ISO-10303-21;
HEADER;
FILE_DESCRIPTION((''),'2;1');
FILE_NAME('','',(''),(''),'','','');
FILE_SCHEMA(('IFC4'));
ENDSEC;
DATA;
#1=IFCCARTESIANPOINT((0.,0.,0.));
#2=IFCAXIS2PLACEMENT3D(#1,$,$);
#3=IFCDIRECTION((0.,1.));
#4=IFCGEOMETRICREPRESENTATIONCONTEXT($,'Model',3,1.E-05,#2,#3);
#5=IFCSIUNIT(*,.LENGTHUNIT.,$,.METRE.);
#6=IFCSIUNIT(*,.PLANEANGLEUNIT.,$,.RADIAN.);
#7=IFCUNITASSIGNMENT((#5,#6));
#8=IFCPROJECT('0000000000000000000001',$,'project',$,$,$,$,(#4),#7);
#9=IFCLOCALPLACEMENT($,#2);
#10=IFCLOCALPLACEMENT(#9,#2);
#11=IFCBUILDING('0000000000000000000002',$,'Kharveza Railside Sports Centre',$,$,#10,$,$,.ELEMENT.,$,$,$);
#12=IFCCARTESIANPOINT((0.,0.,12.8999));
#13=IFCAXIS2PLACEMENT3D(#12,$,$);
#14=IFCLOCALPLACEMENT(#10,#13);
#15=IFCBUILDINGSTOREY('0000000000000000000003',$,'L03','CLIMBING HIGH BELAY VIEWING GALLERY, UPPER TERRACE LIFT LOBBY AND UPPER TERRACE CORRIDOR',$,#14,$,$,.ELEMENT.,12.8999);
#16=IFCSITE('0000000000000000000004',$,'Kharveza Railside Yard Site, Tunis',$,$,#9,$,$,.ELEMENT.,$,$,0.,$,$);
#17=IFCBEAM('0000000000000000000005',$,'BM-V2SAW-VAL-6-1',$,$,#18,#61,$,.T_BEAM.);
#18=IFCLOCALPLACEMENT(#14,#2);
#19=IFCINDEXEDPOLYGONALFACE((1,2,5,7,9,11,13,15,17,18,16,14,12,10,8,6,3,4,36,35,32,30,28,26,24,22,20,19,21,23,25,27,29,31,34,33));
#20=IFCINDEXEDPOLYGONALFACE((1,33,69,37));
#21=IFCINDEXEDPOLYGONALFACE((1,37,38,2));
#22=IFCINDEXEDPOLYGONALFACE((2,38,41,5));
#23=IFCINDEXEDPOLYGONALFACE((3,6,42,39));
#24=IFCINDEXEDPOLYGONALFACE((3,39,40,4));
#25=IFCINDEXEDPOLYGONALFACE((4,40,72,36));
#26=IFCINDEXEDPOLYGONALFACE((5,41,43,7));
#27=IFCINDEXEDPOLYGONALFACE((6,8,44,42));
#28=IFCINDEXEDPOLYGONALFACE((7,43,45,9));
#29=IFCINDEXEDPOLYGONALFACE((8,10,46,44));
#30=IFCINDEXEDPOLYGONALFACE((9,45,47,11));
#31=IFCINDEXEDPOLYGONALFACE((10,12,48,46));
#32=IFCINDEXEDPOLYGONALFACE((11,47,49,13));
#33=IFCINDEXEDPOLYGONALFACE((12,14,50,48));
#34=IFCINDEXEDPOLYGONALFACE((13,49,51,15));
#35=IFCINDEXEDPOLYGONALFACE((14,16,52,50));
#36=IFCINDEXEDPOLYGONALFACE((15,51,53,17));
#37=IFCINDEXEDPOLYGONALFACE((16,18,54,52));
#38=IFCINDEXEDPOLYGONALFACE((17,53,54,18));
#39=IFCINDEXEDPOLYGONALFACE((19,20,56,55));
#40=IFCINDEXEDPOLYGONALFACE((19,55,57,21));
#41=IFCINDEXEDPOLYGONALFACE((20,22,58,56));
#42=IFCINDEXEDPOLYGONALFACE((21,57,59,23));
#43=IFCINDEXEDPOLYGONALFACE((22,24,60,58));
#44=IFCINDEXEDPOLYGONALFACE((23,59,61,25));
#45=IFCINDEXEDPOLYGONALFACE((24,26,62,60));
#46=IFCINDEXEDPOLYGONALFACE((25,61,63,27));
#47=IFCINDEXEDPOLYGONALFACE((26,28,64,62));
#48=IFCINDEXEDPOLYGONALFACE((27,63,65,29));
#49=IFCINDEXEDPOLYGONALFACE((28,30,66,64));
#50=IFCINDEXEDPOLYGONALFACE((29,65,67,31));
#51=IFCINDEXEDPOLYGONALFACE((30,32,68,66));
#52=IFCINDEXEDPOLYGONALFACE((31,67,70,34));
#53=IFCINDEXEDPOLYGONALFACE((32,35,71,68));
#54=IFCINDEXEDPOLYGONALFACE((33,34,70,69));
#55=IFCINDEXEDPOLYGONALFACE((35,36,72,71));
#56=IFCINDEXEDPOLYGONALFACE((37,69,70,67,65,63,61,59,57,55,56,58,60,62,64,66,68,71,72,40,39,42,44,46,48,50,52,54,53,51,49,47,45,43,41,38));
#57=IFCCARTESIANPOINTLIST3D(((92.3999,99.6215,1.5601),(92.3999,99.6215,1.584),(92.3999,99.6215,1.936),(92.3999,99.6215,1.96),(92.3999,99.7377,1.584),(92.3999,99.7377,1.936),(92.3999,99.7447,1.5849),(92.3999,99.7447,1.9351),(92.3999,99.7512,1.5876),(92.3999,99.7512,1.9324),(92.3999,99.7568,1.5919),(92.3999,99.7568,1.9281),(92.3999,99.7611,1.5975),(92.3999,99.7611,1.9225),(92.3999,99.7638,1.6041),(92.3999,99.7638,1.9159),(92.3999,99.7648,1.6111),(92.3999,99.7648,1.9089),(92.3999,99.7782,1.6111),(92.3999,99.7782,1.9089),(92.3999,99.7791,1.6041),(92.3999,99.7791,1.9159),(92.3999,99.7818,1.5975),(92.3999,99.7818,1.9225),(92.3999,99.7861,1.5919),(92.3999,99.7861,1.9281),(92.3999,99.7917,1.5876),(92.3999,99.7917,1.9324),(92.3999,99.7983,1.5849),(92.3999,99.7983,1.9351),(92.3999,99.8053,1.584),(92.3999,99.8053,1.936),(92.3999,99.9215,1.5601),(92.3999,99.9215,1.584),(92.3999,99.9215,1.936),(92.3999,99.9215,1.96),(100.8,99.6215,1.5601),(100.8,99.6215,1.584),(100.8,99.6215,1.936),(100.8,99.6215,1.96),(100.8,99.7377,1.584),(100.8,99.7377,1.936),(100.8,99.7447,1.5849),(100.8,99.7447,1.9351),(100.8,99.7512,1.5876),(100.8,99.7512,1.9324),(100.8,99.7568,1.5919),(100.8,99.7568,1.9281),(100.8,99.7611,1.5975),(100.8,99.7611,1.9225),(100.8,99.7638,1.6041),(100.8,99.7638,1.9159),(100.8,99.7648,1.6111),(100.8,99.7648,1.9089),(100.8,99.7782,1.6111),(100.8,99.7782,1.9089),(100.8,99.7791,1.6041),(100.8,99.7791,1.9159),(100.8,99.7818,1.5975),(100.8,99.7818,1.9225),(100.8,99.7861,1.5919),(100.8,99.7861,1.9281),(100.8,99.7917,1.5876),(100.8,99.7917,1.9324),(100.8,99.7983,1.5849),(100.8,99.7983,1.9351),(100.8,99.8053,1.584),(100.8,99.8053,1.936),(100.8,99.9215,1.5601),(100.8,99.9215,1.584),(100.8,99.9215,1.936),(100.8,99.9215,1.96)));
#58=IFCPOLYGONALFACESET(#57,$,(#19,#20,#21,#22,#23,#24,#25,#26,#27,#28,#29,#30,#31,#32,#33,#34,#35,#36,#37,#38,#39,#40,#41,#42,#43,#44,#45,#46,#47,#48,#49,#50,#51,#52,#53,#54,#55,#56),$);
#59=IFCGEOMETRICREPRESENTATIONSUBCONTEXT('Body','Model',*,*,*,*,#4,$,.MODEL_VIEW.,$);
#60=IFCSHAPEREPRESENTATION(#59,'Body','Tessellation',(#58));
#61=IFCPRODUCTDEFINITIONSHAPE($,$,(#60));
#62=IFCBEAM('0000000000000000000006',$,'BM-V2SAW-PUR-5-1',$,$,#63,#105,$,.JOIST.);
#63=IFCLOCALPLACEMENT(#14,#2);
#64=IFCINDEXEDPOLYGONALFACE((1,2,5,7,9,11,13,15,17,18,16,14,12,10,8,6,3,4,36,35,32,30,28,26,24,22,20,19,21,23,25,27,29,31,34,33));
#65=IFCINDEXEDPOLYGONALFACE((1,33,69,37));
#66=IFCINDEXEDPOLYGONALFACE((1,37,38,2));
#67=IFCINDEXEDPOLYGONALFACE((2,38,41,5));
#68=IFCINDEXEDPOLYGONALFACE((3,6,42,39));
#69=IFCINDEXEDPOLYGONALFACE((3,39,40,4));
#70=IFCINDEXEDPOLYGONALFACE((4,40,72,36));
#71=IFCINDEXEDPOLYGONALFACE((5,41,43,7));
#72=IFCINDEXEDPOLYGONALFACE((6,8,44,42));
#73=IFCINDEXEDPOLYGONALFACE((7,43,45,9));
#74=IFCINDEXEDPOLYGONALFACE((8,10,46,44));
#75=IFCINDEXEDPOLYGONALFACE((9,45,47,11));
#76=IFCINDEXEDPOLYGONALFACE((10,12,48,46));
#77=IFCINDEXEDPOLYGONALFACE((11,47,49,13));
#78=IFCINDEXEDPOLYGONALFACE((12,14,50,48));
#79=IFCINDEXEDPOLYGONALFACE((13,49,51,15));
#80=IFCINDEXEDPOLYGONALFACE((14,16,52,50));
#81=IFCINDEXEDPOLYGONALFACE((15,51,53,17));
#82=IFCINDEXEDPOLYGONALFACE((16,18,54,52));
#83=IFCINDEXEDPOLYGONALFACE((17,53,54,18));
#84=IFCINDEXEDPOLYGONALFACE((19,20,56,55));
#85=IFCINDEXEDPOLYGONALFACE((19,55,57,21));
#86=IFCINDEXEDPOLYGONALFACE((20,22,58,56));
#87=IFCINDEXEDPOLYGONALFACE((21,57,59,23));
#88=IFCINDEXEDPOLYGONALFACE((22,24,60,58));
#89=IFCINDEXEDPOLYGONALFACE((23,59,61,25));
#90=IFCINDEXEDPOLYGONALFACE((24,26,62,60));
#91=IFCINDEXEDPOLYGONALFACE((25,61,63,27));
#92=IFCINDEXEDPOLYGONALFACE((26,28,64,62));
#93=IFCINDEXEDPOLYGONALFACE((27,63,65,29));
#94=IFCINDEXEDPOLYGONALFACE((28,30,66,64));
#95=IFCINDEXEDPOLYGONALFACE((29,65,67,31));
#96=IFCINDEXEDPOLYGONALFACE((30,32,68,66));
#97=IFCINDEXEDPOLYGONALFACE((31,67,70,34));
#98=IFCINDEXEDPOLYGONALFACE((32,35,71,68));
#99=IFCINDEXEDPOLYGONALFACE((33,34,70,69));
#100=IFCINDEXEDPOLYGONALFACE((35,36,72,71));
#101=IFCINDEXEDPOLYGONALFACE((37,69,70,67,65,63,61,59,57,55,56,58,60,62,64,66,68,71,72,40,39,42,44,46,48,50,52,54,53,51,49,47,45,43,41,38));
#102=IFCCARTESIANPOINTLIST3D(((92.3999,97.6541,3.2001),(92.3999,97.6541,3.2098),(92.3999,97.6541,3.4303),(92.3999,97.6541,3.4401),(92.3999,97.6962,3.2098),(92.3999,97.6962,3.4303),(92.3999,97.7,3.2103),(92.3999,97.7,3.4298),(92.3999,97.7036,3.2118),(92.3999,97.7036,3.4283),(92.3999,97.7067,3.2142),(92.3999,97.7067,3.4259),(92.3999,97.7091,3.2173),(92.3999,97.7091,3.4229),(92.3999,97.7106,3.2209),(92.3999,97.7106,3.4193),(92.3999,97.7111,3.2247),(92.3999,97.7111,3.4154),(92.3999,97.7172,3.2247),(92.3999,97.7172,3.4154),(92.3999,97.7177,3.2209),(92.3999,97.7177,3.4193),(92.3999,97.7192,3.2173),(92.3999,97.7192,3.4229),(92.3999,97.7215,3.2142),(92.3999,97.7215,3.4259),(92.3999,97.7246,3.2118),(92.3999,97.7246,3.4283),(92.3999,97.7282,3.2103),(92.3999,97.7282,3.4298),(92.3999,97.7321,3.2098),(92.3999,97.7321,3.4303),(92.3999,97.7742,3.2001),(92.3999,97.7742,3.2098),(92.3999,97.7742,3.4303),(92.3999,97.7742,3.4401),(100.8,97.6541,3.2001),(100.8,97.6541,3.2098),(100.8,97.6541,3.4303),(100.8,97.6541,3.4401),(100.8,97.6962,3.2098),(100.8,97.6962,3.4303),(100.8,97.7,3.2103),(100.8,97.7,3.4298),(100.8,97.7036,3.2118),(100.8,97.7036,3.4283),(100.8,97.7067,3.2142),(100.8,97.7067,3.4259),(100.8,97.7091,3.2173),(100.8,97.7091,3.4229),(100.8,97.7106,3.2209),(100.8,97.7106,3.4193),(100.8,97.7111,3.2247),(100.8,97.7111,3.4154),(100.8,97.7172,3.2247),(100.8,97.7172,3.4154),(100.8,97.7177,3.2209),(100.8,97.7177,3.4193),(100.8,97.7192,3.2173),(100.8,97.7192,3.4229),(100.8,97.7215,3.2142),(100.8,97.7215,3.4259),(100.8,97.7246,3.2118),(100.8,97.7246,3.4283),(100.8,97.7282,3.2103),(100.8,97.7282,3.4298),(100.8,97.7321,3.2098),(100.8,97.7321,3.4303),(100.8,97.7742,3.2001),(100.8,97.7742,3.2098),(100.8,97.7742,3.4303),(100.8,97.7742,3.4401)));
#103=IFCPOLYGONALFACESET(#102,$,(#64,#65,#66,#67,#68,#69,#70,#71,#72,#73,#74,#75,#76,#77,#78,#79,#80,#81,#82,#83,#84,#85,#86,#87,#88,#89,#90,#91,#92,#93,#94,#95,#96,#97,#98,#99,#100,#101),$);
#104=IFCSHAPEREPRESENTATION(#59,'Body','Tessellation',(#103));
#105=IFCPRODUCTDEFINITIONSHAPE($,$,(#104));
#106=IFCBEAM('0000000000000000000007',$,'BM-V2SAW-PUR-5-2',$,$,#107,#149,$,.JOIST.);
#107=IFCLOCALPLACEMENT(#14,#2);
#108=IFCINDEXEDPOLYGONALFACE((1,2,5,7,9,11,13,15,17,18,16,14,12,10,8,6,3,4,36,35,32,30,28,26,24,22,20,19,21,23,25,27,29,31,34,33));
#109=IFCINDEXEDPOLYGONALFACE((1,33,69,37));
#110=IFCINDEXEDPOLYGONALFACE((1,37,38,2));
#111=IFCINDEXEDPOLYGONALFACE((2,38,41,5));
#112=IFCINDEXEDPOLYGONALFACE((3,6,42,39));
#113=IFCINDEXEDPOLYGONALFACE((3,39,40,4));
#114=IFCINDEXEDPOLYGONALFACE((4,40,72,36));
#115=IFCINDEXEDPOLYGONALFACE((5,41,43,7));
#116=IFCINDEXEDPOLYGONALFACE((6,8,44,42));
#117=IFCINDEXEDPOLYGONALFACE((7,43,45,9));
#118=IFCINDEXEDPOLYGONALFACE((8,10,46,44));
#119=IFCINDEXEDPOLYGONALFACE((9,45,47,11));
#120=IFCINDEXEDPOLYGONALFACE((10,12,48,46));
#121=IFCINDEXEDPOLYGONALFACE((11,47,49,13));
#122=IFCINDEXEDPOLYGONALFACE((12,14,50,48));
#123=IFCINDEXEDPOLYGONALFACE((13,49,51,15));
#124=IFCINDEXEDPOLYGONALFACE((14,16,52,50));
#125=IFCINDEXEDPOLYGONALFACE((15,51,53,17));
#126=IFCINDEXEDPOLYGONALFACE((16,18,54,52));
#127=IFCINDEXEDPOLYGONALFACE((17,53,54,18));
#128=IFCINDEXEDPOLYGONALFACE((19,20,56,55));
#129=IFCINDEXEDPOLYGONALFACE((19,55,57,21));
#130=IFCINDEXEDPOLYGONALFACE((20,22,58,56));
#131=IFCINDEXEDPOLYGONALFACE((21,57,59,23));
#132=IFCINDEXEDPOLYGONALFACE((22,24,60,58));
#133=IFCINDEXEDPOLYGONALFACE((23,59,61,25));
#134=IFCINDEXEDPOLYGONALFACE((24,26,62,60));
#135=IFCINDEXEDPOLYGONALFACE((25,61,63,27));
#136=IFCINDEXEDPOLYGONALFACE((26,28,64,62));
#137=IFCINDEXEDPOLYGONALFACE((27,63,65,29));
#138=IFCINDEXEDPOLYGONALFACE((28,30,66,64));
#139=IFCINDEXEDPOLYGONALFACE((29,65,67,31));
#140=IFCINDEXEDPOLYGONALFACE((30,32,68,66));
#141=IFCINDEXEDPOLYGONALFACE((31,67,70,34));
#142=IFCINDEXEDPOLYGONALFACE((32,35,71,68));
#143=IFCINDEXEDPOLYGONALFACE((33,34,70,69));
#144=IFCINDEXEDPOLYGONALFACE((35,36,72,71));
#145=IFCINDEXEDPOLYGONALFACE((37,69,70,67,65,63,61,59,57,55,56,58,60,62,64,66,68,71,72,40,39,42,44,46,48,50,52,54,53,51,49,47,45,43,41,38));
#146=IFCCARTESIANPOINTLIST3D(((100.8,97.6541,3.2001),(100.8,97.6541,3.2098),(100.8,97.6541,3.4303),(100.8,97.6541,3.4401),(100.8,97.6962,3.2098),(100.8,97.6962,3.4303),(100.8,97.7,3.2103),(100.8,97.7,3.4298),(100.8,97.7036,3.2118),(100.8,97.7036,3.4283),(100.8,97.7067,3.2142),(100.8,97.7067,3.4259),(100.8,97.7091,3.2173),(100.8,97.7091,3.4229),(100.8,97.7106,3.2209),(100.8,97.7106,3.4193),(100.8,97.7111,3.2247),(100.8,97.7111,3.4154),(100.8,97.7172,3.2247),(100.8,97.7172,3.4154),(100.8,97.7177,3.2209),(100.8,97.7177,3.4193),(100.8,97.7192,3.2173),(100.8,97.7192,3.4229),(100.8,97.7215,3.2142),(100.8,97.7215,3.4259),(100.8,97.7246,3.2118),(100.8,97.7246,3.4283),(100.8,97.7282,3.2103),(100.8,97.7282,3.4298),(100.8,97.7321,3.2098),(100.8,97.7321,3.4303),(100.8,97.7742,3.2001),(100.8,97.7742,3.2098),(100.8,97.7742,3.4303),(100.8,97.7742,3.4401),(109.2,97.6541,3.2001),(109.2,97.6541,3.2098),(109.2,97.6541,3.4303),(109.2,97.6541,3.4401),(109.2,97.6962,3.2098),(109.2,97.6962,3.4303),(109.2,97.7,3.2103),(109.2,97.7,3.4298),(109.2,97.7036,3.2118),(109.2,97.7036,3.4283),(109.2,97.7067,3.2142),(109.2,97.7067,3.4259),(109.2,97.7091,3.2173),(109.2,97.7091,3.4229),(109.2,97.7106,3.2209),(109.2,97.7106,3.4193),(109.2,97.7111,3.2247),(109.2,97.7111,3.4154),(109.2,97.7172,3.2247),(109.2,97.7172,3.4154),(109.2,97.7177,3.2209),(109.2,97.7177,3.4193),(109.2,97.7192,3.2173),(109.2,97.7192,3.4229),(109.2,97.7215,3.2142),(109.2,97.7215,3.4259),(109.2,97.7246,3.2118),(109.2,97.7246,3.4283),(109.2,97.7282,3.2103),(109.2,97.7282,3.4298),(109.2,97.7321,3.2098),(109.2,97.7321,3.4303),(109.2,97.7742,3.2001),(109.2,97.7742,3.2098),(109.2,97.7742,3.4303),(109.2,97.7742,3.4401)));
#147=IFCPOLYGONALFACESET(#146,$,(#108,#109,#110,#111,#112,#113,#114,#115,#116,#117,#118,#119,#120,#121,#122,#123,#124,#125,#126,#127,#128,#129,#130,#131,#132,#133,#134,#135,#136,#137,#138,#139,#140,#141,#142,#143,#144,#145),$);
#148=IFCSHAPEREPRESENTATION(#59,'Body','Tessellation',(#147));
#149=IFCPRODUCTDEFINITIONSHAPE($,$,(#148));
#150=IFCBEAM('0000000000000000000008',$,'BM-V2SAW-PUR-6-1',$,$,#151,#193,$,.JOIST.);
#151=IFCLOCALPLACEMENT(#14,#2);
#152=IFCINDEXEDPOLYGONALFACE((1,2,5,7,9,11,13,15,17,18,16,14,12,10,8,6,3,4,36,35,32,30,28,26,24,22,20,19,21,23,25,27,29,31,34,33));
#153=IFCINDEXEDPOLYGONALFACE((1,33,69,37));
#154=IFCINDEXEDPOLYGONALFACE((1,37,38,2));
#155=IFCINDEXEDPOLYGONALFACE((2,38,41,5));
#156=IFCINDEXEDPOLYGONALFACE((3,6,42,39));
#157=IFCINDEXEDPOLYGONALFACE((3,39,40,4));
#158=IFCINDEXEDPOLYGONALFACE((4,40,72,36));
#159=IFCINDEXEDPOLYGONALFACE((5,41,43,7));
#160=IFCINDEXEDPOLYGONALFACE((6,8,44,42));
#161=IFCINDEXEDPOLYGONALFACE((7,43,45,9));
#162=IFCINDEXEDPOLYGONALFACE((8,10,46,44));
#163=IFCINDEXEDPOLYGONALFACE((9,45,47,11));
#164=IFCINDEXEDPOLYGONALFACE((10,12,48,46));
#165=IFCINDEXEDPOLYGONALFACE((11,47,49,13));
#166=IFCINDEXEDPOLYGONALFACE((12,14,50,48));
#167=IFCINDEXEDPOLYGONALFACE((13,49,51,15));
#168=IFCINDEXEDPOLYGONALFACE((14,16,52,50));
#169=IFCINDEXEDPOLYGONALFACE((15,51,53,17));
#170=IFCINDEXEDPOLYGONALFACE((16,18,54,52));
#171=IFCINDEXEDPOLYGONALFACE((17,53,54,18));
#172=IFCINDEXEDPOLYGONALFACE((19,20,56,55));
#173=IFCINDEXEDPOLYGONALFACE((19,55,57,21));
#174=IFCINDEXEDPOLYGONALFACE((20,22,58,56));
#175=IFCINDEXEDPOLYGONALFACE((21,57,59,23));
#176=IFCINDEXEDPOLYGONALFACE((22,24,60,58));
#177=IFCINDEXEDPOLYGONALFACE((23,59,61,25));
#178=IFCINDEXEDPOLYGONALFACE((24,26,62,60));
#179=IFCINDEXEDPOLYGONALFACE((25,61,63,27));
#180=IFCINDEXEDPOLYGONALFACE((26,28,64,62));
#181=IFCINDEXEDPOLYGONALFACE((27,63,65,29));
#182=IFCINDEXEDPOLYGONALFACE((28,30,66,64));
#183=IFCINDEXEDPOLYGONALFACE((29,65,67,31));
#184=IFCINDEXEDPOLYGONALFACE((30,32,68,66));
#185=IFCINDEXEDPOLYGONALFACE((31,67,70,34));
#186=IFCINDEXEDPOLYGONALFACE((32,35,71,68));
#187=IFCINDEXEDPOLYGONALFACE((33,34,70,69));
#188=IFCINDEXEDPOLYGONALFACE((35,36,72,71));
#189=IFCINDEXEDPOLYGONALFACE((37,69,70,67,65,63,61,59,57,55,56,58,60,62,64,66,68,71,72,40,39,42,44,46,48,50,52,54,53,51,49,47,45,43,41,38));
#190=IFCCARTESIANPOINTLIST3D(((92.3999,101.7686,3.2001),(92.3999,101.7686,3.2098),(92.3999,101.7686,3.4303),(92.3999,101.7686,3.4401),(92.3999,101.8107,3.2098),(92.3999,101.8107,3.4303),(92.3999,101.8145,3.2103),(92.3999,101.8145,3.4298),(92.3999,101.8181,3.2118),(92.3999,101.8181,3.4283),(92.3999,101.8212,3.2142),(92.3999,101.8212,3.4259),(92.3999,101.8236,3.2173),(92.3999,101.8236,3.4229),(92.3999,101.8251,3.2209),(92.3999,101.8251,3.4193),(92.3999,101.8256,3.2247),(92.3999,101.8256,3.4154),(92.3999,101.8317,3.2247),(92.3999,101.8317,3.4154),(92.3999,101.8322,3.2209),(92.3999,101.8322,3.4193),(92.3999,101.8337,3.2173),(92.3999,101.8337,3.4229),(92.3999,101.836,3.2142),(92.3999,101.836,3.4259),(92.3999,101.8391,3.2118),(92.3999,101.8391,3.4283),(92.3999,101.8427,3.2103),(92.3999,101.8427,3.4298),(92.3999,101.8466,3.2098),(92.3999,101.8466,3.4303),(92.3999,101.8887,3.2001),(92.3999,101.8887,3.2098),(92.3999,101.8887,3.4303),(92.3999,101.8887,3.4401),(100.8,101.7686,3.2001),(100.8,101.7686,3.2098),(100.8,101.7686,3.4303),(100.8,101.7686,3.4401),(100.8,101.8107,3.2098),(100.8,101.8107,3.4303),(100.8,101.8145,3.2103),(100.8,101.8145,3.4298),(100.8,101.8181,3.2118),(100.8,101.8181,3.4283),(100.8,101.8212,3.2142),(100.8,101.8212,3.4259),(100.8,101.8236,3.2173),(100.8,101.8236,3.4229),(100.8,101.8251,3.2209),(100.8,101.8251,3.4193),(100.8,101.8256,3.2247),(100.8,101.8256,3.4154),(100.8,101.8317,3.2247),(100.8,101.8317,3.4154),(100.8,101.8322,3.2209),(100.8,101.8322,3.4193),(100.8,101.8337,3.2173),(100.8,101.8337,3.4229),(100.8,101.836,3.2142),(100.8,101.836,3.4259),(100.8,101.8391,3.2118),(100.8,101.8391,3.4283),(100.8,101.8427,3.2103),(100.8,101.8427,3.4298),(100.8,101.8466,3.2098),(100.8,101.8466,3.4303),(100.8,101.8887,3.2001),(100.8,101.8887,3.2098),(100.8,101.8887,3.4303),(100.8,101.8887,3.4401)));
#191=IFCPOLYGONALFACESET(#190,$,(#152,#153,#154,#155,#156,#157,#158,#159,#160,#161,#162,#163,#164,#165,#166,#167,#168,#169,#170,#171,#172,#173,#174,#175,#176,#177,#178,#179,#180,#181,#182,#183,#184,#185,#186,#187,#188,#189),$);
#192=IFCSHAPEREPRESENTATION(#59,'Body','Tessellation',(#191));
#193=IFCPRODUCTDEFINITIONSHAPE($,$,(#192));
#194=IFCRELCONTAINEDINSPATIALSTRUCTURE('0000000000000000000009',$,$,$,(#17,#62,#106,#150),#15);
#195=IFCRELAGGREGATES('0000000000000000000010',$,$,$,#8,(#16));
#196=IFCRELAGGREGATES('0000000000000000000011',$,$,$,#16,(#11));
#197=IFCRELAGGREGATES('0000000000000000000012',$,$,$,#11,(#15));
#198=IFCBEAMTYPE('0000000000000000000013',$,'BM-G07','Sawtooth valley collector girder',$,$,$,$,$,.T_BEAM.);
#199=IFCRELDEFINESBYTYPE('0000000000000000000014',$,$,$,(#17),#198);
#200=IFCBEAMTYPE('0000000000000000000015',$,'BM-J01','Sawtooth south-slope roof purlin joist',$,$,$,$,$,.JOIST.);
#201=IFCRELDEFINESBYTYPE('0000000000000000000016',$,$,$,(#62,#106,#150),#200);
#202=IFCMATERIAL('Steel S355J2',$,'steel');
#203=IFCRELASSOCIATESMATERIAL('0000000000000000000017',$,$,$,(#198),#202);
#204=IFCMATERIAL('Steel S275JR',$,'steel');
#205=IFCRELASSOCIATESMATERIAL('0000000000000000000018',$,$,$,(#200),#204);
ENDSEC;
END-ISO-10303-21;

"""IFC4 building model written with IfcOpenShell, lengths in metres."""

from ifc_helpers import new_model, si_unit, direction, frame, origin, origin_2d, place, context, subcontext, project, spatial, i_section, extrude, material, material_profile, profile_set, type_object, element, save


model = new_model("IFC4")

# Units and contexts
model_context = context("Model", 3, precision=1e-05, world=origin(), true_north=direction((0.0, 1.0)))
body_context = subcontext(model_context, "Body", "Model", "MODEL_VIEW")
ifc_project = project(units=[si_unit("LENGTHUNIT", "METRE"), si_unit("PLANEANGLEUNIT", "RADIAN")], contexts=[model_context])

# Site, building, storey
site_placement = place(None, origin())
site = spatial("IfcSite", under=ifc_project, at=site_placement, Name="Kharveza Railside Yard Site, Tunis", CompositionType="ELEMENT", RefElevation=0.0)
building_placement = place(site_placement, origin())
building = spatial("IfcBuilding", under=site, at=building_placement, Name="Kharveza Railside Sports Centre", CompositionType="ELEMENT")
storey_placement = place(building_placement, frame((0.0, 0.0, 12.8999)))
storey = spatial("IfcBuildingStorey", under=building, at=storey_placement, Name="L03", Description="CLIMBING HIGH BELAY VIEWING GALLERY, UPPER TERRACE LIFT LOBBY AND UPPER TERRACE CORRIDOR", CompositionType="ELEMENT", Elevation=12.8999)

# Beams
ifc_material_1 = material(Name="Steel S355J2", Category="steel")
ifc_material_profile_1 = material_profile(ifc_material_1, i_section(OverallWidth=0.3, OverallDepth=0.3999, WebThickness=0.0134, FlangeThickness=0.0239, FilletRadius=0.0271, at=origin_2d()), Name="HEB 400")
ifc_profile_set_1 = profile_set([ifc_material_profile_1], Name="Steel S355J2")
beam_type_1 = type_object("IfcBeamType", Name="BM-G07", Description="Sawtooth valley collector girder", PredefinedType="T_BEAM", material=ifc_profile_set_1)
beam_1_placement = place(storey_placement, frame((92.3999, 99.7715, 1.76), z_axis=(1.0, 0.0, 0.0), x_axis=(0.0, 1.0, 0.0)))
element("IfcBeam", 1, at=beam_1_placement, inside=storey, type_object=beam_type_1, Name="BM-V2SAW-VAL-6-1", PredefinedType="T_BEAM", context=body_context, shape_type="SweptSolid", body=[
    extrude(i_section(OverallWidth=0.3, OverallDepth=0.3999, WebThickness=0.0134, FlangeThickness=0.0239, FilletRadius=0.0271, at=origin_2d()), origin(), (0.0, 0.0, 1.0), 8.4001),
])
ifc_material_2 = material(Name="Steel S275JR", Category="steel")
ifc_material_profile_2 = material_profile(ifc_material_2, i_section(OverallWidth=0.1201, OverallDepth=0.24, WebThickness=0.0061, FlangeThickness=0.0098, FilletRadius=0.0149, at=origin_2d()), Name="IPE 240")
ifc_profile_set_2 = profile_set([ifc_material_profile_2], Name="Steel S275JR")
beam_type_2 = type_object("IfcBeamType", Name="BM-J01", Description="Sawtooth south-slope roof purlin joist", PredefinedType="JOIST", material=ifc_profile_set_2)
beam_2_placement = place(storey_placement, frame((92.3999, 97.7141, 3.3201), z_axis=(1.0, 0.0, 0.0), x_axis=(0.0, 1.0, 0.0)))
element("IfcBeam", 2, at=beam_2_placement, inside=storey, type_object=beam_type_2, Name="BM-V2SAW-PUR-5-1", PredefinedType="JOIST", context=body_context, shape_type="SweptSolid", body=[
    extrude(i_section(OverallWidth=0.1201, OverallDepth=0.24, WebThickness=0.0061, FlangeThickness=0.0098, FilletRadius=0.0149, at=origin_2d()), origin(), (0.0, 0.0, 1.0), 8.4001),
])
beam_3_placement = place(storey_placement, frame((100.8, 97.7141, 3.3201), z_axis=(1.0, 0.0, 0.0), x_axis=(0.0, 1.0, 0.0)))
element("IfcBeam", 3, at=beam_3_placement, inside=storey, type_object=beam_type_2, Name="BM-V2SAW-PUR-5-2", PredefinedType="JOIST", context=body_context, shape_type="SweptSolid", body=[
    extrude(i_section(OverallWidth=0.1201, OverallDepth=0.24, WebThickness=0.0061, FlangeThickness=0.0098, FilletRadius=0.0149, at=origin_2d()), origin(), (0.0, 0.0, 1.0), 8.3999),
])
beam_4_placement = place(storey_placement, frame((92.3999, 101.8286, 3.3201), z_axis=(1.0, 0.0, 0.0), x_axis=(0.0, 1.0, 0.0)))
element("IfcBeam", 4, at=beam_4_placement, inside=storey, type_object=beam_type_2, Name="BM-V2SAW-PUR-6-1", PredefinedType="JOIST", context=body_context, shape_type="SweptSolid", body=[
    extrude(i_section(OverallWidth=0.1201, OverallDepth=0.24, WebThickness=0.0061, FlangeThickness=0.0098, FilletRadius=0.0149, at=origin_2d()), origin(), (0.0, 0.0, 1.0), 8.4001),
])

save(model, "model.ifc")
